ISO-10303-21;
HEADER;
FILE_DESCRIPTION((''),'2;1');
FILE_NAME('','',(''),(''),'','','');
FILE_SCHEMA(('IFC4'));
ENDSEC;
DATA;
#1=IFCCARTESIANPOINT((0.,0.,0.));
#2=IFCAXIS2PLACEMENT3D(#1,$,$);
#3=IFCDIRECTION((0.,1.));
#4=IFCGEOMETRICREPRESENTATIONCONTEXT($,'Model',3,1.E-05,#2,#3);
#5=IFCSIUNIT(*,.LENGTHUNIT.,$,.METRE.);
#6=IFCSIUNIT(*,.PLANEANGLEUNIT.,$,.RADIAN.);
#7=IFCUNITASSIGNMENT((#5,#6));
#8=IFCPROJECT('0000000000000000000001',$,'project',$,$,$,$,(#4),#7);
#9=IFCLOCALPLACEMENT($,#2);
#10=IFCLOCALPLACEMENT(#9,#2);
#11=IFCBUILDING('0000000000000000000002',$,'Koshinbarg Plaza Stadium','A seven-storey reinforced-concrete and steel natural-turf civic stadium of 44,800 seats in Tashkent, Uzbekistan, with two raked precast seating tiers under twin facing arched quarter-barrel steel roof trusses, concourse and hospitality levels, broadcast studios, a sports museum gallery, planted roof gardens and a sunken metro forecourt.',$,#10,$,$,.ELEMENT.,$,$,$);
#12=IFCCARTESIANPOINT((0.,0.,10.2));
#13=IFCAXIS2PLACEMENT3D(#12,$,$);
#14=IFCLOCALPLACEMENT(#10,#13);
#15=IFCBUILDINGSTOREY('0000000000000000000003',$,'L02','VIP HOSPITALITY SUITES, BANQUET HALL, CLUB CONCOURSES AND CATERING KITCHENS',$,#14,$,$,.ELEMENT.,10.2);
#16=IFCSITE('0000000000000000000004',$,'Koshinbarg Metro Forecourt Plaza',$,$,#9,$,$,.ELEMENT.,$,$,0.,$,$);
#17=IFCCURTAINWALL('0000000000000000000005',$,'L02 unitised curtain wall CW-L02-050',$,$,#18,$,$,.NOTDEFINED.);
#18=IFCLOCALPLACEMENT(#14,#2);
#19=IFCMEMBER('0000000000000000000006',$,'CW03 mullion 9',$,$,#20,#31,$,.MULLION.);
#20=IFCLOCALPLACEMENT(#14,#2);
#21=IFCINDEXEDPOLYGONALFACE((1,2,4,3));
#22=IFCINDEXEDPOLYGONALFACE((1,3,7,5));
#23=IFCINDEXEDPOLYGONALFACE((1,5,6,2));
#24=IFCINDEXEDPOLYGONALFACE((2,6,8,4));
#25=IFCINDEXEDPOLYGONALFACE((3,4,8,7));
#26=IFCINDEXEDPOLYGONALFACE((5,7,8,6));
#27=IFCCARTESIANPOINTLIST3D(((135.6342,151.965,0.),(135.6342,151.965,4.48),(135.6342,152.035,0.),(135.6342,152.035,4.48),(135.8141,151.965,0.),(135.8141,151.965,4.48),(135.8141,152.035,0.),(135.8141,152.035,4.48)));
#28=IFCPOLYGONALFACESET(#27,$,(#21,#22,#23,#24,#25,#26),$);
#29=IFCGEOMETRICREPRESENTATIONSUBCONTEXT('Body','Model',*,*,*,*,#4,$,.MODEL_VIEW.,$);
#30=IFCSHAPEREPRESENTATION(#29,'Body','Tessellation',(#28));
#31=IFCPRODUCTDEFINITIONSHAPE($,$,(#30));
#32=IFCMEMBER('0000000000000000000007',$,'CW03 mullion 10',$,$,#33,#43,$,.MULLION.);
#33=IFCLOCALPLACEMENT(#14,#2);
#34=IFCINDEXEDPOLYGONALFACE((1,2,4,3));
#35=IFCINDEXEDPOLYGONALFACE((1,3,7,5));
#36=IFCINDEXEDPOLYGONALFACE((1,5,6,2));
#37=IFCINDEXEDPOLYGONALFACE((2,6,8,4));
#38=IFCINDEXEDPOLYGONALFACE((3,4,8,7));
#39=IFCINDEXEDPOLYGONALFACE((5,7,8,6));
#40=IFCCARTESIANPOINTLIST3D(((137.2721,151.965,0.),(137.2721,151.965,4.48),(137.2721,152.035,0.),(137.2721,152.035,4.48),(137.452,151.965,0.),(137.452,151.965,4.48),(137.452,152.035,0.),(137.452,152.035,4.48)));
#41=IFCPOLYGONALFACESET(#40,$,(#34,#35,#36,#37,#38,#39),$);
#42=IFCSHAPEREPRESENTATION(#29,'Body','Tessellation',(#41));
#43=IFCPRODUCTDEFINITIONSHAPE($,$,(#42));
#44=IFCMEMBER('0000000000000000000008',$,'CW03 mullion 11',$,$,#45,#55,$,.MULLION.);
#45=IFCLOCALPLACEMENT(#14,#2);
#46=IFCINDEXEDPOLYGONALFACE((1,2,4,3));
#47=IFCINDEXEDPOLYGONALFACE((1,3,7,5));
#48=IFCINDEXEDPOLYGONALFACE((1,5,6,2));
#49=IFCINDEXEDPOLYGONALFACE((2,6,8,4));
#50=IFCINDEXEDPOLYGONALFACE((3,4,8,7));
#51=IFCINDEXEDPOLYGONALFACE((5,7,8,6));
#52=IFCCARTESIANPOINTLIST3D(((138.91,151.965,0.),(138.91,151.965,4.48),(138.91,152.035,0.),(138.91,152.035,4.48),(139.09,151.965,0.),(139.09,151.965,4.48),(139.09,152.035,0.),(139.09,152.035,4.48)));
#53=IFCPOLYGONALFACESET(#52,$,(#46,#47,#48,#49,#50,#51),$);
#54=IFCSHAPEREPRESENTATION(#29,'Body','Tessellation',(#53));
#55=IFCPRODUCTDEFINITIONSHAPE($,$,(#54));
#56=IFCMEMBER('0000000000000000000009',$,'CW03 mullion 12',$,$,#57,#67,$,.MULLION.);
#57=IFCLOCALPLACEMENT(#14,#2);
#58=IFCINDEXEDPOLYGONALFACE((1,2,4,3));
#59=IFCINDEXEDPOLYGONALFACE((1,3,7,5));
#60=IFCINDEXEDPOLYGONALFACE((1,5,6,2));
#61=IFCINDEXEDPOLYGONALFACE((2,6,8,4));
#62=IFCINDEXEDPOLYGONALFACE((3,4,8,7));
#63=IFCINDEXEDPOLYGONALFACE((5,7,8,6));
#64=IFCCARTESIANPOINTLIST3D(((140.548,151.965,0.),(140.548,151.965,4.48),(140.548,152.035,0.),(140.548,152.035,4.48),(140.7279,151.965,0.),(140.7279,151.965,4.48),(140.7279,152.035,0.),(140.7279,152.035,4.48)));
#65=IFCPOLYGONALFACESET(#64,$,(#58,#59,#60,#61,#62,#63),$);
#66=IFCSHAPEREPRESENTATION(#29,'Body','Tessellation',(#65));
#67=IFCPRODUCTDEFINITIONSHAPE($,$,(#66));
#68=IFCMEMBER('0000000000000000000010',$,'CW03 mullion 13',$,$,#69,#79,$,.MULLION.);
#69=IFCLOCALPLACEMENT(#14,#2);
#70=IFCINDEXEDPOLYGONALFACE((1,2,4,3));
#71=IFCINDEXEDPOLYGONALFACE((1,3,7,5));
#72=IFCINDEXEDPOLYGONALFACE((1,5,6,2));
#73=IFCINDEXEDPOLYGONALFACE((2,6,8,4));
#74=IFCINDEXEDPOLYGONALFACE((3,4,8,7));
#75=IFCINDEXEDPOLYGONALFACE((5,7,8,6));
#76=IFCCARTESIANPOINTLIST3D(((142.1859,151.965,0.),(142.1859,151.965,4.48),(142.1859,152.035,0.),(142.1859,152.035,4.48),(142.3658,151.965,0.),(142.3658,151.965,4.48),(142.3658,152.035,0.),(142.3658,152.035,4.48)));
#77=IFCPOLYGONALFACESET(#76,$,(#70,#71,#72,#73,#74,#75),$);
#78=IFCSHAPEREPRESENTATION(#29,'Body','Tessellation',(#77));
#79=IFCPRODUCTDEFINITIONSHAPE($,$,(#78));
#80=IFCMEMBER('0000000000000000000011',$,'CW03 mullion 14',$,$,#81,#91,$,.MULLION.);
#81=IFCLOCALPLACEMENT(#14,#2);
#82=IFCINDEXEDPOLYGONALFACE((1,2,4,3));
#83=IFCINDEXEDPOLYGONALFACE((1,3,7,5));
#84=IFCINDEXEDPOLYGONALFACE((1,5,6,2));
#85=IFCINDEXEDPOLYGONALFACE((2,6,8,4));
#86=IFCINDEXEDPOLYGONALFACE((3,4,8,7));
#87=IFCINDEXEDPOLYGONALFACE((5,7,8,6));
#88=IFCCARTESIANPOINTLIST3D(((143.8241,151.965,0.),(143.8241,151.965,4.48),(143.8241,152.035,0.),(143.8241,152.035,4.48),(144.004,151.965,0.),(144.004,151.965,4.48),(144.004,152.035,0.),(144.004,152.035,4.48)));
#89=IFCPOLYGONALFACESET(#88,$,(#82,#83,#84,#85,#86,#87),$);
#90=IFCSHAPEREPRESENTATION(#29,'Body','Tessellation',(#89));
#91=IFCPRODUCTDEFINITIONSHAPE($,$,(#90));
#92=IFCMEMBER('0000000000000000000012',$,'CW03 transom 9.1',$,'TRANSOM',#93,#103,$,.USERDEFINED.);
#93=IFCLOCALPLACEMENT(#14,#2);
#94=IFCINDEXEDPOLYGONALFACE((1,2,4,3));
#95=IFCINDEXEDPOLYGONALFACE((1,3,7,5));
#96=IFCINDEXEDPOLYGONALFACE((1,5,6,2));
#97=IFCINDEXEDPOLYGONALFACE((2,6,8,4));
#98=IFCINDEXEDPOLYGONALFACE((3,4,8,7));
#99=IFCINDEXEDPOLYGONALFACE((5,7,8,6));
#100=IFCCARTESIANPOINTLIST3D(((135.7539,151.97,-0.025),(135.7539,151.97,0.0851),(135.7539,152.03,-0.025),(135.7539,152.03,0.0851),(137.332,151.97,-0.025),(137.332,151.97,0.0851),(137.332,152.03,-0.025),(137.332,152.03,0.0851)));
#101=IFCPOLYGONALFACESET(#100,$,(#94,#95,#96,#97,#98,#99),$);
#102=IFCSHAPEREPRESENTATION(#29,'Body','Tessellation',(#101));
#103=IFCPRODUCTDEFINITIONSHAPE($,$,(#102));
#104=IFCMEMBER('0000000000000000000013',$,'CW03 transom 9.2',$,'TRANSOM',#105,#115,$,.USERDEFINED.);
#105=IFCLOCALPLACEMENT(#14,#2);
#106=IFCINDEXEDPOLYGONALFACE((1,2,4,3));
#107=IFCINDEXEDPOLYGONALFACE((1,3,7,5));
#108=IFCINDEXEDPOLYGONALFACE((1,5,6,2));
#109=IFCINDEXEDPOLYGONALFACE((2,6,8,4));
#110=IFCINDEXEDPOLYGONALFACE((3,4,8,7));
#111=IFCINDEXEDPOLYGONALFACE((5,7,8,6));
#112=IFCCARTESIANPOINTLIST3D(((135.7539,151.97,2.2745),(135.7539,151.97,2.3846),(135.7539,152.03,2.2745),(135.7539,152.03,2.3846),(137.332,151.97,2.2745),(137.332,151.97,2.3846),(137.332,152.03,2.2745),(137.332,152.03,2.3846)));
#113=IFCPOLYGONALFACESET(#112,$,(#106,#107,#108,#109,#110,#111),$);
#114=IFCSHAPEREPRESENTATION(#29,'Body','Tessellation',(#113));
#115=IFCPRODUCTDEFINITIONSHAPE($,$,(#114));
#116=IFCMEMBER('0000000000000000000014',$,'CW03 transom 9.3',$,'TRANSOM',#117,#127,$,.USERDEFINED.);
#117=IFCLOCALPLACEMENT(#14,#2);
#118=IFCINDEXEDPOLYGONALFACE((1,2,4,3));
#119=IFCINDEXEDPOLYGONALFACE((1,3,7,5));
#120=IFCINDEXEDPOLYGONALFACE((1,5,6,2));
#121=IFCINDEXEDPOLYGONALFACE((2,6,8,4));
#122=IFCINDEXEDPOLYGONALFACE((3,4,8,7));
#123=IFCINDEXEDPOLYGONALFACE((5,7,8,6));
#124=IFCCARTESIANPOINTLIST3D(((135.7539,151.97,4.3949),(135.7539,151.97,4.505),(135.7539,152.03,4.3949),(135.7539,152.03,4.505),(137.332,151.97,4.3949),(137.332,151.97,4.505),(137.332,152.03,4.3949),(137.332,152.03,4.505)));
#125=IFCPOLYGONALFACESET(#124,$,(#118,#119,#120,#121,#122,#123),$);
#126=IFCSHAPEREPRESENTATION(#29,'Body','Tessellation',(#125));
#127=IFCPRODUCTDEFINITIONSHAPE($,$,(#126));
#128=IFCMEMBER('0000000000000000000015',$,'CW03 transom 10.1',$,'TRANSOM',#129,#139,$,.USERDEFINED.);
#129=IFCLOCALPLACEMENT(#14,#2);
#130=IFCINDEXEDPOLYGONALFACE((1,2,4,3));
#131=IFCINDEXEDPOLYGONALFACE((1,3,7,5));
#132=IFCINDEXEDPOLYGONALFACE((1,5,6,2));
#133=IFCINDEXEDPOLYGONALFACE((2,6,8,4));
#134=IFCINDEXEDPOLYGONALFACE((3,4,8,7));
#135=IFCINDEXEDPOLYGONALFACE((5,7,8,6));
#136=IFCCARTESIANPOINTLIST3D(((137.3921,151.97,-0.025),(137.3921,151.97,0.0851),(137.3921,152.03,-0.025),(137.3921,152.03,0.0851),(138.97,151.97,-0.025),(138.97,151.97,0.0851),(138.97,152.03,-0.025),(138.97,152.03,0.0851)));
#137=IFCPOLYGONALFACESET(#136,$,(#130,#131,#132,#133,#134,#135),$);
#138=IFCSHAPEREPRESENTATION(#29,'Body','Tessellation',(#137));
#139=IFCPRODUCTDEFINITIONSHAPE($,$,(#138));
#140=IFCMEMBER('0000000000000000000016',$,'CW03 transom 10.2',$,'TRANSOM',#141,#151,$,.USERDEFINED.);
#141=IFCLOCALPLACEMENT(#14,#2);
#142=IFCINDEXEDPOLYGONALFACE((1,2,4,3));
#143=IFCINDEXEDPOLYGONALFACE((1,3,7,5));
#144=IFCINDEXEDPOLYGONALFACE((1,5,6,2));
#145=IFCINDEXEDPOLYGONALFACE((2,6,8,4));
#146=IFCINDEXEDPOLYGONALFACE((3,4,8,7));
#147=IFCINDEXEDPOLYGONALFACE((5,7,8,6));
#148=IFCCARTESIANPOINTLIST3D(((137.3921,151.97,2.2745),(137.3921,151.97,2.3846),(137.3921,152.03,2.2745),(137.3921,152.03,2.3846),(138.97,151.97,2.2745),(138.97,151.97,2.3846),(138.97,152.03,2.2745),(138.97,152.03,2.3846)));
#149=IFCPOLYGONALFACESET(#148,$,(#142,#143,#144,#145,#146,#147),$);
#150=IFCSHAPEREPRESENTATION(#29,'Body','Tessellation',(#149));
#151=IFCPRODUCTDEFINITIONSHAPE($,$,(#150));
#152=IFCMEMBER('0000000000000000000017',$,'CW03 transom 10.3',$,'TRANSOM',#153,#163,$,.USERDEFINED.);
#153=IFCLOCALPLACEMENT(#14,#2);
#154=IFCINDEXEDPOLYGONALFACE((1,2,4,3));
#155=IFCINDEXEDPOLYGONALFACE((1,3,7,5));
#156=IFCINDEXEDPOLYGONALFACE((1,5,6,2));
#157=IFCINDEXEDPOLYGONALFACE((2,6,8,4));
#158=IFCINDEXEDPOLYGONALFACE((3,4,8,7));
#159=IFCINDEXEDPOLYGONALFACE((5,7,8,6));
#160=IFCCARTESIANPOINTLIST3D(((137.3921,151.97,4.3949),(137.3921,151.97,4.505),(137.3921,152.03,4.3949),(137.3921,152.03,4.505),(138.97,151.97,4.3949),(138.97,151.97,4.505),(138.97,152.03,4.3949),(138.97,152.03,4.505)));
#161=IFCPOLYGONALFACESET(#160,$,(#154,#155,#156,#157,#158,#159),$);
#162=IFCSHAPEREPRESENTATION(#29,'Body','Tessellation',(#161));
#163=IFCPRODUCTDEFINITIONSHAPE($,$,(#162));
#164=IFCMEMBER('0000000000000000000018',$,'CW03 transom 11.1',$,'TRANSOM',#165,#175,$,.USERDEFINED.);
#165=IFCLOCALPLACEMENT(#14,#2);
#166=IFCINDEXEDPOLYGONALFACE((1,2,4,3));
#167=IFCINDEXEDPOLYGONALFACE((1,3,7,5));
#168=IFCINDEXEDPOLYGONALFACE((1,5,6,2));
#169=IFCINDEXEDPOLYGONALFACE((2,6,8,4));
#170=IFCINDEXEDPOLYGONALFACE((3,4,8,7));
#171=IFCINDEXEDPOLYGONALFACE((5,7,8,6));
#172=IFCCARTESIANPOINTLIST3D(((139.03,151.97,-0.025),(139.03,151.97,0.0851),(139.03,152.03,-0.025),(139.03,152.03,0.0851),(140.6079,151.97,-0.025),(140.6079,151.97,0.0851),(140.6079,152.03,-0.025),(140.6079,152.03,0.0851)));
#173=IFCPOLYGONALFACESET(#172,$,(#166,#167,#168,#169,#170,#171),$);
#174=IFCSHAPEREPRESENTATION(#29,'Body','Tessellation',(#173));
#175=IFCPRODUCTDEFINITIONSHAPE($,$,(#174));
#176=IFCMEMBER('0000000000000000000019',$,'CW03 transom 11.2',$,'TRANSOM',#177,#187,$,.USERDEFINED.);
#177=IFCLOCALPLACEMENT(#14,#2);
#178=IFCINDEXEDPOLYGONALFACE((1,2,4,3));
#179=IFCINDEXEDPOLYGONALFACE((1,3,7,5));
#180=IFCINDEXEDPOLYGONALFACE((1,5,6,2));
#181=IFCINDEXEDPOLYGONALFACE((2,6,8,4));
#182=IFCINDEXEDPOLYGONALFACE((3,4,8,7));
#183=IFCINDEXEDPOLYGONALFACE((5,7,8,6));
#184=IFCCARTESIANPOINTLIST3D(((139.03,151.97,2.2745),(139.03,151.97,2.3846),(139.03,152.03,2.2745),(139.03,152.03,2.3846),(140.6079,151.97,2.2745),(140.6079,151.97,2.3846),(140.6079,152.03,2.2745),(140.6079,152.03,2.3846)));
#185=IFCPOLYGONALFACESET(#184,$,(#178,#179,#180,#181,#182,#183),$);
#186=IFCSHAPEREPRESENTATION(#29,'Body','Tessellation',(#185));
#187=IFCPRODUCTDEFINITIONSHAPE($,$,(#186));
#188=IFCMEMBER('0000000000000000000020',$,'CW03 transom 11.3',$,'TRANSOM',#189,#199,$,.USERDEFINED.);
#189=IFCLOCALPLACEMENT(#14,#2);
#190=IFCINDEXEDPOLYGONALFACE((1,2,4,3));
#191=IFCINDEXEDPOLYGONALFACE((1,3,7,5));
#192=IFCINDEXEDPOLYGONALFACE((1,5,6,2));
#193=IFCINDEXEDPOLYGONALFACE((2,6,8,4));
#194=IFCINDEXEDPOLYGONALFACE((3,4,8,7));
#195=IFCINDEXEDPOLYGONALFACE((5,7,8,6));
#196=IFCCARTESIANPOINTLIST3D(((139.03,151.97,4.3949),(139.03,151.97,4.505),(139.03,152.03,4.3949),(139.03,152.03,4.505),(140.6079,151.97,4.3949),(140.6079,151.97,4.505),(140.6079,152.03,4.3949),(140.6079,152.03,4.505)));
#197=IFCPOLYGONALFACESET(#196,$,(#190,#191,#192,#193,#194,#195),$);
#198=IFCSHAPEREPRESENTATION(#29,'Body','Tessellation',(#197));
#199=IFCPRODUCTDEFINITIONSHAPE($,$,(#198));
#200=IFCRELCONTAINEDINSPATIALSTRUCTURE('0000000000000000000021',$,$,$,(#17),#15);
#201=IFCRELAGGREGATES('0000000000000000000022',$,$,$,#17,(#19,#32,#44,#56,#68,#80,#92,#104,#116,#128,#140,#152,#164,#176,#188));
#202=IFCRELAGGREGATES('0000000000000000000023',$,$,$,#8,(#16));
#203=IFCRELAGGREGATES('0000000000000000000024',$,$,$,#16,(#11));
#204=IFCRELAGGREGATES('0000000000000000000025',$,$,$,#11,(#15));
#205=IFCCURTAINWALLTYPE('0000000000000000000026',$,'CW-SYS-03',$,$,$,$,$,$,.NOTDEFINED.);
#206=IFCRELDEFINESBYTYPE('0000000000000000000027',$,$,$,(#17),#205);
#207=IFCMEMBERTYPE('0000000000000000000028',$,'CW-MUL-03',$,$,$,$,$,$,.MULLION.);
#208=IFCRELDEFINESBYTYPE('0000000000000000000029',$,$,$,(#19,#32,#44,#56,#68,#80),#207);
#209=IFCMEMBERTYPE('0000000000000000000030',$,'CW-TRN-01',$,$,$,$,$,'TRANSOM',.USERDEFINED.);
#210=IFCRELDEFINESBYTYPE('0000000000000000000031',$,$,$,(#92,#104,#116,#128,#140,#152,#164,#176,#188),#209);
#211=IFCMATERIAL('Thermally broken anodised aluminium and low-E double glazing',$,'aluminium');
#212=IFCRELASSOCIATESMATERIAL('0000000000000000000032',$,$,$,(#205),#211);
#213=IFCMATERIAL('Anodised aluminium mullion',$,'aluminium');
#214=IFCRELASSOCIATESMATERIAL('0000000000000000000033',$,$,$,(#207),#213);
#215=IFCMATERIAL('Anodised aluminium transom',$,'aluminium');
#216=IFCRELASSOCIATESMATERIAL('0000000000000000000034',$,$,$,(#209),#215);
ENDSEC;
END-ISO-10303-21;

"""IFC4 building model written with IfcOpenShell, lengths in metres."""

from ifc_helpers import new_model, si_unit, direction, frame, origin, origin_2d, place, context, subcontext, project, spatial, rectangle, extrude, material, material_profile, profile_set, type_object, element, aggregate, save


model = new_model("IFC4")

# Units and contexts
model_context = context("Model", 3, precision=1e-05, world=origin(), true_north=direction((0.0, 1.0)))
body_context = subcontext(model_context, "Body", "Model", "MODEL_VIEW")
ifc_project = project(units=[si_unit("LENGTHUNIT", "METRE"), si_unit("PLANEANGLEUNIT", "RADIAN")], contexts=[model_context])

# Site, building, storey
site_placement = place(None, origin())
site = spatial("IfcSite", under=ifc_project, at=site_placement, Name="Koshinbarg Metro Forecourt Plaza", CompositionType="ELEMENT", RefElevation=0.0)
building_placement = place(site_placement, origin())
building = spatial("IfcBuilding", under=site, at=building_placement, Name="Koshinbarg Plaza Stadium", Description="A seven-storey reinforced-concrete and steel natural-turf civic stadium of 44,800 seats in Tashkent, Uzbekistan, with two raked precast seating tiers under twin facing arched quarter-barrel steel roof trusses, concourse and hospitality levels, broadcast studios, a sports museum gallery, planted roof gardens and a sunken metro forecourt.", CompositionType="ELEMENT")
storey_placement = place(building_placement, frame((0.0, 0.0, 10.2)))
storey = spatial("IfcBuildingStorey", under=building, at=storey_placement, Name="L02", Description="VIP HOSPITALITY SUITES, BANQUET HALL, CLUB CONCOURSES AND CATERING KITCHENS", CompositionType="ELEMENT", Elevation=10.2)

# Curtain wall, members
ifc_material_1 = material(Name="Thermally broken anodised aluminium and low-E double glazing", Category="aluminium")
curtain_wall_type = type_object("IfcCurtainWallType", Name="CW-SYS-03", PredefinedType="NOTDEFINED", material=ifc_material_1)
curtain_wall_placement = place(storey_placement, origin())
curtain_wall = element("IfcCurtainWall", 1, at=curtain_wall_placement, inside=storey, type_object=curtain_wall_type, Name="L02 unitised curtain wall CW-L02-050", PredefinedType="NOTDEFINED")
ifc_material_2 = material(Name="Anodised aluminium mullion", Category="aluminium")
ifc_material_profile_1 = material_profile(ifc_material_2, rectangle(XDim=0.0701, YDim=0.1799, at=origin_2d()), Name="ALU 70x180")
ifc_profile_set_1 = profile_set([ifc_material_profile_1], Name="Anodised aluminium mullion")
member_type_1 = type_object("IfcMemberType", Name="CW-MUL-03", PredefinedType="MULLION", material=ifc_profile_set_1)
member_1_placement = place(storey_placement, frame((135.7241, 152.0, 0.0), z_axis=(0.0, 0.0, 1.0), x_axis=(0.0, 1.0, 0.0)))
member_1 = element("IfcMember", 2, at=member_1_placement, type_object=member_type_1, Name="CW03 mullion 9", PredefinedType="MULLION", context=body_context, shape_type="SweptSolid", body=[
    extrude(rectangle(XDim=0.0701, YDim=0.1799, at=origin_2d()), origin(), (0.0, 0.0, 1.0), 4.48),
])
member_2_placement = place(storey_placement, frame((137.3621, 152.0, 0.0), z_axis=(0.0, 0.0, 1.0), x_axis=(0.0, 1.0, 0.0)))
member_2 = element("IfcMember", 3, at=member_2_placement, type_object=member_type_1, Name="CW03 mullion 10", PredefinedType="MULLION", context=body_context, shape_type="SweptSolid", body=[
    extrude(rectangle(XDim=0.0701, YDim=0.1799, at=origin_2d()), origin(), (0.0, 0.0, 1.0), 4.48),
])
member_3_placement = place(storey_placement, frame((139.0, 152.0, 0.0), z_axis=(0.0, 0.0, 1.0), x_axis=(0.0, 1.0, 0.0)))
member_3 = element("IfcMember", 4, at=member_3_placement, type_object=member_type_1, Name="CW03 mullion 11", PredefinedType="MULLION", context=body_context, shape_type="SweptSolid", body=[
    extrude(rectangle(XDim=0.0701, YDim=0.1799, at=origin_2d()), origin(), (0.0, 0.0, 1.0), 4.48),
])
member_4_placement = place(storey_placement, frame((140.6379, 152.0, 0.0), z_axis=(0.0, 0.0, 1.0), x_axis=(0.0, 1.0, 0.0)))
member_4 = element("IfcMember", 5, at=member_4_placement, type_object=member_type_1, Name="CW03 mullion 12", PredefinedType="MULLION", context=body_context, shape_type="SweptSolid", body=[
    extrude(rectangle(XDim=0.0701, YDim=0.1799, at=origin_2d()), origin(), (0.0, 0.0, 1.0), 4.48),
])
member_5_placement = place(storey_placement, frame((142.2759, 152.0, 0.0), z_axis=(0.0, 0.0, 1.0), x_axis=(0.0, 1.0, 0.0)))
member_5 = element("IfcMember", 6, at=member_5_placement, type_object=member_type_1, Name="CW03 mullion 13", PredefinedType="MULLION", context=body_context, shape_type="SweptSolid", body=[
    extrude(rectangle(XDim=0.0701, YDim=0.1799, at=origin_2d()), origin(), (0.0, 0.0, 1.0), 4.48),
])
member_6_placement = place(storey_placement, frame((143.9141, 152.0, 0.0), z_axis=(0.0, 0.0, 1.0), x_axis=(0.0, 1.0, 0.0)))
member_6 = element("IfcMember", 7, at=member_6_placement, type_object=member_type_1, Name="CW03 mullion 14", PredefinedType="MULLION", context=body_context, shape_type="SweptSolid", body=[
    extrude(rectangle(XDim=0.0701, YDim=0.1799, at=origin_2d()), origin(), (0.0, 0.0, 1.0), 4.48),
])
ifc_material_3 = material(Name="Anodised aluminium transom", Category="aluminium")
ifc_material_profile_2 = material_profile(ifc_material_3, rectangle(XDim=0.0601, YDim=0.1101, at=origin_2d()), Name="ALU 60x110")
ifc_profile_set_2 = profile_set([ifc_material_profile_2], Name="Anodised aluminium transom")
member_type_2 = type_object("IfcMemberType", Name="CW-TRN-01", ElementType="TRANSOM", PredefinedType="USERDEFINED", material=ifc_profile_set_2)
member_7_placement = place(storey_placement, frame((135.7539, 152.0, 0.03), z_axis=(1.0, 0.0, 0.0), x_axis=(0.0, 1.0, 0.0)))
member_7 = element("IfcMember", 8, at=member_7_placement, type_object=member_type_2, Name="CW03 transom 9.1", ObjectType="TRANSOM", PredefinedType="USERDEFINED", context=body_context, shape_type="SweptSolid", body=[
    extrude(rectangle(XDim=0.0601, YDim=0.1101, at=origin_2d()), origin(), (0.0, 0.0, 1.0), 1.5781),
])
member_8_placement = place(storey_placement, frame((135.7539, 152.0, 2.3296), z_axis=(1.0, 0.0, 0.0), x_axis=(0.0, 1.0, 0.0)))
member_8 = element("IfcMember", 9, at=member_8_placement, type_object=member_type_2, Name="CW03 transom 9.2", ObjectType="TRANSOM", PredefinedType="USERDEFINED", context=body_context, shape_type="SweptSolid", body=[
    extrude(rectangle(XDim=0.0601, YDim=0.1101, at=origin_2d()), origin(), (0.0, 0.0, 1.0), 1.5781),
])
member_9_placement = place(storey_placement, frame((135.7539, 152.0, 4.45), z_axis=(1.0, 0.0, 0.0), x_axis=(0.0, 1.0, 0.0)))
member_9 = element("IfcMember", 10, at=member_9_placement, type_object=member_type_2, Name="CW03 transom 9.3", ObjectType="TRANSOM", PredefinedType="USERDEFINED", context=body_context, shape_type="SweptSolid", body=[
    extrude(rectangle(XDim=0.0601, YDim=0.1101, at=origin_2d()), origin(), (0.0, 0.0, 1.0), 1.5781),
])
member_10_placement = place(storey_placement, frame((137.3921, 152.0, 0.03), z_axis=(1.0, 0.0, 0.0), x_axis=(0.0, 1.0, 0.0)))
member_10 = element("IfcMember", 11, at=member_10_placement, type_object=member_type_2, Name="CW03 transom 10.1", ObjectType="TRANSOM", PredefinedType="USERDEFINED", context=body_context, shape_type="SweptSolid", body=[
    extrude(rectangle(XDim=0.0601, YDim=0.1101, at=origin_2d()), origin(), (0.0, 0.0, 1.0), 1.5779),
])
member_11_placement = place(storey_placement, frame((137.3921, 152.0, 2.3296), z_axis=(1.0, 0.0, 0.0), x_axis=(0.0, 1.0, 0.0)))
member_11 = element("IfcMember", 12, at=member_11_placement, type_object=member_type_2, Name="CW03 transom 10.2", ObjectType="TRANSOM", PredefinedType="USERDEFINED", context=body_context, shape_type="SweptSolid", body=[
    extrude(rectangle(XDim=0.0601, YDim=0.1101, at=origin_2d()), origin(), (0.0, 0.0, 1.0), 1.5779),
])
member_12_placement = place(storey_placement, frame((137.3921, 152.0, 4.45), z_axis=(1.0, 0.0, 0.0), x_axis=(0.0, 1.0, 0.0)))
member_12 = element("IfcMember", 13, at=member_12_placement, type_object=member_type_2, Name="CW03 transom 10.3", ObjectType="TRANSOM", PredefinedType="USERDEFINED", context=body_context, shape_type="SweptSolid", body=[
    extrude(rectangle(XDim=0.0601, YDim=0.1101, at=origin_2d()), origin(), (0.0, 0.0, 1.0), 1.5779),
])
member_13_placement = place(storey_placement, frame((139.03, 152.0, 0.03), z_axis=(1.0, 0.0, 0.0), x_axis=(0.0, 1.0, 0.0)))
member_13 = element("IfcMember", 14, at=member_13_placement, type_object=member_type_2, Name="CW03 transom 11.1", ObjectType="TRANSOM", PredefinedType="USERDEFINED", context=body_context, shape_type="SweptSolid", body=[
    extrude(rectangle(XDim=0.0601, YDim=0.1101, at=origin_2d()), origin(), (0.0, 0.0, 1.0), 1.5779),
])
member_14_placement = place(storey_placement, frame((139.03, 152.0, 2.3296), z_axis=(1.0, 0.0, 0.0), x_axis=(0.0, 1.0, 0.0)))
member_14 = element("IfcMember", 15, at=member_14_placement, type_object=member_type_2, Name="CW03 transom 11.2", ObjectType="TRANSOM", PredefinedType="USERDEFINED", context=body_context, shape_type="SweptSolid", body=[
    extrude(rectangle(XDim=0.0601, YDim=0.1101, at=origin_2d()), origin(), (0.0, 0.0, 1.0), 1.5779),
])
member_15_placement = place(storey_placement, frame((139.03, 152.0, 4.45), z_axis=(1.0, 0.0, 0.0), x_axis=(0.0, 1.0, 0.0)))
member_15 = element("IfcMember", 16, at=member_15_placement, type_object=member_type_2, Name="CW03 transom 11.3", ObjectType="TRANSOM", PredefinedType="USERDEFINED", context=body_context, shape_type="SweptSolid", body=[
    extrude(rectangle(XDim=0.0601, YDim=0.1101, at=origin_2d()), origin(), (0.0, 0.0, 1.0), 1.5779),
])
aggregate(curtain_wall, [member_1, member_2, member_3, member_4, member_5, member_6, member_7, member_8, member_9, member_10, member_11, member_12, member_13, member_14, member_15])

save(model, "model.ifc")
